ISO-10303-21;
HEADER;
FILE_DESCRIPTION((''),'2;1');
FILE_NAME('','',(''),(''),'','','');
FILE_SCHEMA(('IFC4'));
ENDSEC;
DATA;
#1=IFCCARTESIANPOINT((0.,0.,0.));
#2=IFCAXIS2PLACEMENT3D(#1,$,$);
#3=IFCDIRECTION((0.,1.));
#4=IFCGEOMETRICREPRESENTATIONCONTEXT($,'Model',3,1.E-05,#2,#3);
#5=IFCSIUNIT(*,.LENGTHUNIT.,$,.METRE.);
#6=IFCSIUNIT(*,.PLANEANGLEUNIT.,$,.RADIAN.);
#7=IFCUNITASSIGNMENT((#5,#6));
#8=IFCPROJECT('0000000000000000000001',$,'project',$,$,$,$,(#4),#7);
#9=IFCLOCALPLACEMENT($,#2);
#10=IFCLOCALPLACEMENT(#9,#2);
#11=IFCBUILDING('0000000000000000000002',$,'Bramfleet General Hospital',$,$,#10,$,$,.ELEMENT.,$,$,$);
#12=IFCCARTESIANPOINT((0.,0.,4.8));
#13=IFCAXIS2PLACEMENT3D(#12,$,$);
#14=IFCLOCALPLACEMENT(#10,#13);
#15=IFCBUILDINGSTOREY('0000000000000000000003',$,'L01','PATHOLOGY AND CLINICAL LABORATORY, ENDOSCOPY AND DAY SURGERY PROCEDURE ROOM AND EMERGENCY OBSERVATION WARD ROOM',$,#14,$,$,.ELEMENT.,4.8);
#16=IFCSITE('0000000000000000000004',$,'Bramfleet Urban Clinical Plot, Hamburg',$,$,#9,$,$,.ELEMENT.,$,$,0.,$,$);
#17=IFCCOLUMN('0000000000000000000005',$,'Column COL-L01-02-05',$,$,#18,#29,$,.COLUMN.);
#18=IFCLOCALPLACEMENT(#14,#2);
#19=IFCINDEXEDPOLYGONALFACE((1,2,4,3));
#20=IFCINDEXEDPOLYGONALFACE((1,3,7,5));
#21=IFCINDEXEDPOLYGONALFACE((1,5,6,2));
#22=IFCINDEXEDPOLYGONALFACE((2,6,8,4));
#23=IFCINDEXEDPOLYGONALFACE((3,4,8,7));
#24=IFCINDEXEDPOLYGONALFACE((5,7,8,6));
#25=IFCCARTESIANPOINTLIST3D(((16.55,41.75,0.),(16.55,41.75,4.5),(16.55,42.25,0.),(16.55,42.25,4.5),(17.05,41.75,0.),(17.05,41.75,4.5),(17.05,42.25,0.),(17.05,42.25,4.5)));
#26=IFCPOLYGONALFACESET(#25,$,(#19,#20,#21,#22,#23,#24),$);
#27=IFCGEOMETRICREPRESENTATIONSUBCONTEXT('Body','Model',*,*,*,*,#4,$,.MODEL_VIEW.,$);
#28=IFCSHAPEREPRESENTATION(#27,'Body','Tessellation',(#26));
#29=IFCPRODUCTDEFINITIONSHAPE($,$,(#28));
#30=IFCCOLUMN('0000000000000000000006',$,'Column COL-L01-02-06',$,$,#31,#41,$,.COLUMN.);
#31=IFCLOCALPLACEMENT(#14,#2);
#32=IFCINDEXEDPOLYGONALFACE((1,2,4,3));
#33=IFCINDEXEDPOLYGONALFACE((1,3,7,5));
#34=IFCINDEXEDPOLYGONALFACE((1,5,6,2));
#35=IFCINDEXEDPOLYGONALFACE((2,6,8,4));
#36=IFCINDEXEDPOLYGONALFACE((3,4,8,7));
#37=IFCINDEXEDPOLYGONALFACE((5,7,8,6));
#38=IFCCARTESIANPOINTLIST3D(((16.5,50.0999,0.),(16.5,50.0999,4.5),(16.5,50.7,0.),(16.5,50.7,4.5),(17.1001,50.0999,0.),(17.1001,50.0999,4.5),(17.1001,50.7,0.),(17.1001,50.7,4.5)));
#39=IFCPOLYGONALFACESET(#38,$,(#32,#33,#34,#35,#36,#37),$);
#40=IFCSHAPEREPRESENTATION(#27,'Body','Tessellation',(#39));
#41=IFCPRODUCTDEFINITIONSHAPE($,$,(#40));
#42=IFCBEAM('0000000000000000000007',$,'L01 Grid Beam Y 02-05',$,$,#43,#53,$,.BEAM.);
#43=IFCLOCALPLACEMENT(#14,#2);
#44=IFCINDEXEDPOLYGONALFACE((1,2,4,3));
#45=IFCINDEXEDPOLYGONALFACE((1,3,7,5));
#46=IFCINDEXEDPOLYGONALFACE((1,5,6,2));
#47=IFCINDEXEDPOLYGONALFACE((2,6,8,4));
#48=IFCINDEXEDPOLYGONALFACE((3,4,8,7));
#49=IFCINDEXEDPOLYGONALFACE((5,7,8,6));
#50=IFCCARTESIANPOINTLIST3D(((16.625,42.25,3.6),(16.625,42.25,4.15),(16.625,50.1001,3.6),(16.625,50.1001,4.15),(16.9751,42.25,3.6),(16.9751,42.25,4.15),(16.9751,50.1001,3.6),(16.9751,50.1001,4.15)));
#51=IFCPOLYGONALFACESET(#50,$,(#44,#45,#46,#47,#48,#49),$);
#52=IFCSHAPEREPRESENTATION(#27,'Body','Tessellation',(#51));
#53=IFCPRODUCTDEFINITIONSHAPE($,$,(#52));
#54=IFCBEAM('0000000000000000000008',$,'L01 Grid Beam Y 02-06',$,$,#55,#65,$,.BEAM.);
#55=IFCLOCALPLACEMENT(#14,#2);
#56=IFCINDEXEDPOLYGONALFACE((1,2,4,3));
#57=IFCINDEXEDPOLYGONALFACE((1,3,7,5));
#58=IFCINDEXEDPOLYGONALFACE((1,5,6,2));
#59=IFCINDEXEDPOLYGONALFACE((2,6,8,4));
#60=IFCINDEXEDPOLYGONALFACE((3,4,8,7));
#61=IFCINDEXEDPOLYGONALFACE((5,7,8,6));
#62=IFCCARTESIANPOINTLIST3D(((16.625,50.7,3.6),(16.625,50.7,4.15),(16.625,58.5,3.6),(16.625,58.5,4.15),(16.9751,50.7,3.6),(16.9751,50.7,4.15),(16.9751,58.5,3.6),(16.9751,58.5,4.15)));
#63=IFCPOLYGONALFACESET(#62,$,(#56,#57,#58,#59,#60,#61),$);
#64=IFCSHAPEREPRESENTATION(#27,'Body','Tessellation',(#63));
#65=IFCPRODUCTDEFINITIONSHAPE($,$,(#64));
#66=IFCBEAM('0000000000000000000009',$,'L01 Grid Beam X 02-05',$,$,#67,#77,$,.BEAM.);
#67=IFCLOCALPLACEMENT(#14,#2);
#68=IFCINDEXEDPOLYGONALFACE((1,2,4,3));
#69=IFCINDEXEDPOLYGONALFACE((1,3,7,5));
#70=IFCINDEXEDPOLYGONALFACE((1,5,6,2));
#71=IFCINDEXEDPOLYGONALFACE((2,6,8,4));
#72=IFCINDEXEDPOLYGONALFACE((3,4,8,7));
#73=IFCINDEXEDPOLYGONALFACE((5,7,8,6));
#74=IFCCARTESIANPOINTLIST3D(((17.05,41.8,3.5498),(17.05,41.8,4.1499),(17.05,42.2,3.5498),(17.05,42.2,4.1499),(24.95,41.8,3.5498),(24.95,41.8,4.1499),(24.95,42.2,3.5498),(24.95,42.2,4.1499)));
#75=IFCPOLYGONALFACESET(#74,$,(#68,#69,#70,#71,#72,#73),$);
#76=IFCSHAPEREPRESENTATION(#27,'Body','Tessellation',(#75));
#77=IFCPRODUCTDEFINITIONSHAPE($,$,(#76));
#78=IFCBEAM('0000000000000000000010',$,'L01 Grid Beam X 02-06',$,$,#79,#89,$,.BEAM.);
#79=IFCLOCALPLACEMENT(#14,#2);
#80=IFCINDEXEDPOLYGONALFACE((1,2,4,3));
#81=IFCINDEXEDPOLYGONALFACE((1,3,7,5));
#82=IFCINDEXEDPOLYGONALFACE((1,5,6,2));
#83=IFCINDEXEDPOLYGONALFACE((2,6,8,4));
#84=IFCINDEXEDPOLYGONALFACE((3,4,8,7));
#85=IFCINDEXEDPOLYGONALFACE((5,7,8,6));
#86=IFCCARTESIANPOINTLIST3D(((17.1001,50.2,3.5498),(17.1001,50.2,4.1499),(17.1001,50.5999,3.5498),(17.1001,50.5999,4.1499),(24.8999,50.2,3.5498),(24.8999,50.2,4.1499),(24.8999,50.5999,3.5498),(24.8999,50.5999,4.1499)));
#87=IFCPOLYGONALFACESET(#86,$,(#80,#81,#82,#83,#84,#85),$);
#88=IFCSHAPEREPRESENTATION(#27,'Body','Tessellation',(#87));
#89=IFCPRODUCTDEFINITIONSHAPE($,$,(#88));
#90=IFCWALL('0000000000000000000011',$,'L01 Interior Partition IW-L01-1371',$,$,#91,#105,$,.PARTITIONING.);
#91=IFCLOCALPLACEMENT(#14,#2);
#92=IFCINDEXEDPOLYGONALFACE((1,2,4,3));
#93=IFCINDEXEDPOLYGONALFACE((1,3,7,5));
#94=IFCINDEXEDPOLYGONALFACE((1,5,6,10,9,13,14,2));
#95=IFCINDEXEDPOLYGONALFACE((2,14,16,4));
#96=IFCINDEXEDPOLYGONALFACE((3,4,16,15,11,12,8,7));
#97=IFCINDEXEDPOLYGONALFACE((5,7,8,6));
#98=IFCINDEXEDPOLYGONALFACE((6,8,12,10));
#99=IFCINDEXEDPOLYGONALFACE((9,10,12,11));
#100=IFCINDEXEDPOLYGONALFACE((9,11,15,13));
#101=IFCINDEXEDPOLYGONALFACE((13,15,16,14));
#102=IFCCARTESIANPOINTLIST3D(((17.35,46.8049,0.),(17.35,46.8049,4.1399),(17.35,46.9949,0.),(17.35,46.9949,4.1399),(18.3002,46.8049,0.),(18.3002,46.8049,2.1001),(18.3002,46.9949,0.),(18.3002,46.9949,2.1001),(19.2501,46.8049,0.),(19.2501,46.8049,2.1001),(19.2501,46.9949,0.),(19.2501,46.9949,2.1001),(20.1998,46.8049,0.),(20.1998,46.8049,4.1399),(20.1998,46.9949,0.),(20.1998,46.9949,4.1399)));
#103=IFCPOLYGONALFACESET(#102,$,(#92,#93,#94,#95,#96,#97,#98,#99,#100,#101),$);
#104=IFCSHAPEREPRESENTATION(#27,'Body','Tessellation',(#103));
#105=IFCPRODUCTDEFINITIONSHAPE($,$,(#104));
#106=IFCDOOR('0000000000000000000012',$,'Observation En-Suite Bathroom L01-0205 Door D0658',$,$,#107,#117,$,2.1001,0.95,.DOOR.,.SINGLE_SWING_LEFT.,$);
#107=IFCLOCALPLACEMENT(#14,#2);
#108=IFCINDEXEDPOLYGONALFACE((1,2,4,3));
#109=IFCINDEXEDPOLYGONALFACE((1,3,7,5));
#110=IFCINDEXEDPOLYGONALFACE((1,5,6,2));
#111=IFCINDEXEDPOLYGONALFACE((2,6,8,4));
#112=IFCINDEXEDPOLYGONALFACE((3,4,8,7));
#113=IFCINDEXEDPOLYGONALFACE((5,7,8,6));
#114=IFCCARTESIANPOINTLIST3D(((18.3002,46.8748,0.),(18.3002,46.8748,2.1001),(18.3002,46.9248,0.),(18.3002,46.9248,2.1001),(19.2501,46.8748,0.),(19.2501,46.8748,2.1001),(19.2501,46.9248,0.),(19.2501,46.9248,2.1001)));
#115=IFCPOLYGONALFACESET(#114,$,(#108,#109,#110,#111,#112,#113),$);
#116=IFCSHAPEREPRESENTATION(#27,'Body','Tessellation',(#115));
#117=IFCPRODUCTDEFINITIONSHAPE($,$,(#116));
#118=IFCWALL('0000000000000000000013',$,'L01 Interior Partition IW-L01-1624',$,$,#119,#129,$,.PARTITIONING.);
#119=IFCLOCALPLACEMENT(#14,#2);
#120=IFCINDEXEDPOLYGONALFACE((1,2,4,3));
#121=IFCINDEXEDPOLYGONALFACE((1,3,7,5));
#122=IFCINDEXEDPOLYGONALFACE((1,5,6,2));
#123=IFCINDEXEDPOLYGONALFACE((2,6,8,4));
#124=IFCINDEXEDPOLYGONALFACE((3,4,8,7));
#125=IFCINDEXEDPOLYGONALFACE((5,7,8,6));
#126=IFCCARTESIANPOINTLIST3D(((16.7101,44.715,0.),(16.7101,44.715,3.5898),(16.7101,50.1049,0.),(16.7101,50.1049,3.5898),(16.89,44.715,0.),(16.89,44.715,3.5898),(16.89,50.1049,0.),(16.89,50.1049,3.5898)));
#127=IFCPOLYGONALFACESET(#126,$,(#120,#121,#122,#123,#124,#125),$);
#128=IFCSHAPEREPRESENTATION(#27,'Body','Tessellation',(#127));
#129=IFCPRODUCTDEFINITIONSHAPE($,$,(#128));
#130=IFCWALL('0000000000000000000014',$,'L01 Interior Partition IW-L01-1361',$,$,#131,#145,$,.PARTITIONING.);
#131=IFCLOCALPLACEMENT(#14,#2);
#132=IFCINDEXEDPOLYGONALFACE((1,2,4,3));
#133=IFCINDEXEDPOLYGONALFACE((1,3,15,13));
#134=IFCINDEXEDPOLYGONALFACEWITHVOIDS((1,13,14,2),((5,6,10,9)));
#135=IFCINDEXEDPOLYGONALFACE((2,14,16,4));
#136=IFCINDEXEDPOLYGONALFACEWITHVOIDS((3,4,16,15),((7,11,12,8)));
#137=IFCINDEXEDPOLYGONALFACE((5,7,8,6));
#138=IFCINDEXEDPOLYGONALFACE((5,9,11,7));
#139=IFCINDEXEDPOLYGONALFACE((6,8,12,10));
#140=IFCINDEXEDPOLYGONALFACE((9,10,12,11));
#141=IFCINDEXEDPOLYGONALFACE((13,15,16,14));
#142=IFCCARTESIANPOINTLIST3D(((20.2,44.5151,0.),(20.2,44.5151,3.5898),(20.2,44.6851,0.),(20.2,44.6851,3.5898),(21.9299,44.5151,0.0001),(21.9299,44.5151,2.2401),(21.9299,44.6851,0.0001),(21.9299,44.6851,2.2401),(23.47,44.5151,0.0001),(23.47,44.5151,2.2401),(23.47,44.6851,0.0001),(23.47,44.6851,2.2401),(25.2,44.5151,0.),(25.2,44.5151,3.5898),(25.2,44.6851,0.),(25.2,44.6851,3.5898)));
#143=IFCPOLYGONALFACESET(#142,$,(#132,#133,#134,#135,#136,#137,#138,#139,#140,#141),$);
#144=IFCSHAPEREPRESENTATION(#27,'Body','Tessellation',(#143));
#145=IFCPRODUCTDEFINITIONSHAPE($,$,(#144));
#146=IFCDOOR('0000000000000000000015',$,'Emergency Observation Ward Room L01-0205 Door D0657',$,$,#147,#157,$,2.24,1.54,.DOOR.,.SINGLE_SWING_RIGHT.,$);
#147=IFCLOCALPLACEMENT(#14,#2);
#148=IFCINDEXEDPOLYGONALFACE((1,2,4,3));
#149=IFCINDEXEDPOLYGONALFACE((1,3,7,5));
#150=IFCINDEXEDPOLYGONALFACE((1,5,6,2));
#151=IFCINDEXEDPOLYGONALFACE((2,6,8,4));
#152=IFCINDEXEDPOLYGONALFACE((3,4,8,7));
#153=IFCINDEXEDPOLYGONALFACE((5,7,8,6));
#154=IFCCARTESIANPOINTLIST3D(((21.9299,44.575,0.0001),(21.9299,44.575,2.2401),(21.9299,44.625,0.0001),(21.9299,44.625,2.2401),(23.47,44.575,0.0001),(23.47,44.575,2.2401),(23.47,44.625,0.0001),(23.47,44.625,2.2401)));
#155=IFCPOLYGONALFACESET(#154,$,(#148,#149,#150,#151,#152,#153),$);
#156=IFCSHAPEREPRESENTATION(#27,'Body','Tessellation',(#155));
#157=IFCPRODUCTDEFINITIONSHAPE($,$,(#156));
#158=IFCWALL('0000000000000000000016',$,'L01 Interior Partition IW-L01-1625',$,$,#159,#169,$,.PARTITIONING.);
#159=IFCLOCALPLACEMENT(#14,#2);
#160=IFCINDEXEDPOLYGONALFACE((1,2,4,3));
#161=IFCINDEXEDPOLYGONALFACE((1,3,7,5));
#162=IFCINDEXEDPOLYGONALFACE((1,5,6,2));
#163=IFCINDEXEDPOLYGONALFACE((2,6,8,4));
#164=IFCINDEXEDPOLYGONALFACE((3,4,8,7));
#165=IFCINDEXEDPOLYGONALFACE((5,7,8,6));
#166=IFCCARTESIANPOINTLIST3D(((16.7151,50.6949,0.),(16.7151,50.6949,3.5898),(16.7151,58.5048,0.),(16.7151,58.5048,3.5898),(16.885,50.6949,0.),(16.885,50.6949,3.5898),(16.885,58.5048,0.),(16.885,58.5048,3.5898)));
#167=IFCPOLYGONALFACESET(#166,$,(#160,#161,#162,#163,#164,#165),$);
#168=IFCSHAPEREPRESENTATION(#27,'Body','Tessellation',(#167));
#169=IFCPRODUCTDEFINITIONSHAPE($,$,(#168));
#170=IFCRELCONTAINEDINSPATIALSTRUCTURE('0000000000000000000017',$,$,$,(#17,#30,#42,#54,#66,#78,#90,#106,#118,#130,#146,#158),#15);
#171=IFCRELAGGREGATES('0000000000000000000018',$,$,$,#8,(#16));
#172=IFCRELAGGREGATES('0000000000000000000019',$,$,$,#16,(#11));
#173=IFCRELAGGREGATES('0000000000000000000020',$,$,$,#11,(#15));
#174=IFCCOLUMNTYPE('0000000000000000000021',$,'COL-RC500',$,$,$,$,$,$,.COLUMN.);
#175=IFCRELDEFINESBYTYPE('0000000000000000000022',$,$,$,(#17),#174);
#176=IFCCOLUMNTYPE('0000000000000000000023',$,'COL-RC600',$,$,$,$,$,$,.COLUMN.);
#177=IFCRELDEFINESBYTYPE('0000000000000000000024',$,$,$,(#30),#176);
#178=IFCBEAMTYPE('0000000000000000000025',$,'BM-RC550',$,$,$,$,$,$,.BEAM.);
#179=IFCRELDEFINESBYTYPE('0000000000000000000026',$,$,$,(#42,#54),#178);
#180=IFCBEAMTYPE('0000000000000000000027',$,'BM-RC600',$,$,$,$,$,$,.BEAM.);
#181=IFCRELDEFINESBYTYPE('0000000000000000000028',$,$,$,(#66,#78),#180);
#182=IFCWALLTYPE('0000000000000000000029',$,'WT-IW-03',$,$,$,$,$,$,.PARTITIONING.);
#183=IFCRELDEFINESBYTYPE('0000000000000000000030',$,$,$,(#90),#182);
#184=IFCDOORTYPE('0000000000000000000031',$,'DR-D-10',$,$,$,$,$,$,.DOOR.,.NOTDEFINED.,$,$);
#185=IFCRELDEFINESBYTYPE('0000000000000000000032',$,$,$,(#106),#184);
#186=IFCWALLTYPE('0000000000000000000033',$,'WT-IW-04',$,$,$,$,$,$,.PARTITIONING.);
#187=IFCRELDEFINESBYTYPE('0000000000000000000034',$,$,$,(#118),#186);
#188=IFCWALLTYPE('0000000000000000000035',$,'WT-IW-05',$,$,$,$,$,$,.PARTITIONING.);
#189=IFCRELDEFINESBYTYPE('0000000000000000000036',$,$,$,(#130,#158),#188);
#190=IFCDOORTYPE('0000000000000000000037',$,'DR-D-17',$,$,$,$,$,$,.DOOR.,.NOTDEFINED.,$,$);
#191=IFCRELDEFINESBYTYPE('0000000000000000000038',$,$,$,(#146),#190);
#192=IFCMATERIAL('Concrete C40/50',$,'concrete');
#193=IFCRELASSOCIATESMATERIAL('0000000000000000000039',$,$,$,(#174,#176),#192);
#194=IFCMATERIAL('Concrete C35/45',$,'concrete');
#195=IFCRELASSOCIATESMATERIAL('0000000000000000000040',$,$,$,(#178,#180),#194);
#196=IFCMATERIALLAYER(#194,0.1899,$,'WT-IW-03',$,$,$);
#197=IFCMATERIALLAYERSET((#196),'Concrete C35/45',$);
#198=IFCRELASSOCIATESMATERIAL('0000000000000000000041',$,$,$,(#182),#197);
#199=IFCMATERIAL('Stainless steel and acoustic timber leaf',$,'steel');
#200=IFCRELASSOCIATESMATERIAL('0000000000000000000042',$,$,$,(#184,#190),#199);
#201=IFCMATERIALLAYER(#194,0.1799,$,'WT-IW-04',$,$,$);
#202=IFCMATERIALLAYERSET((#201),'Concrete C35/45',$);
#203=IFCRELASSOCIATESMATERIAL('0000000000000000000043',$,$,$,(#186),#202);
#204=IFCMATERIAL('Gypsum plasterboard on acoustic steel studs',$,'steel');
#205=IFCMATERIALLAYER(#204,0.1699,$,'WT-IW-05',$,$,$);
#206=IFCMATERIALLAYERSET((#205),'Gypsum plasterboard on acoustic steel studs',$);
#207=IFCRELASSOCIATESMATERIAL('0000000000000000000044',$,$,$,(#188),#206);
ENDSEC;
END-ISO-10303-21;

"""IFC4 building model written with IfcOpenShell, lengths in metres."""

from ifc_helpers import new_model, si_unit, direction, frame, frame_2d, origin, origin_2d, place, context, subcontext, project, spatial, rectangle, extrude, material, layer, layer_set, material_profile, profile_set, type_object, element, fill, save


model = new_model("IFC4")

# Units and contexts
model_context = context("Model", 3, precision=1e-05, world=origin(), true_north=direction((0.0, 1.0)))
body_context = subcontext(model_context, "Body", "Model", "MODEL_VIEW")
ifc_project = project(units=[si_unit("LENGTHUNIT", "METRE"), si_unit("PLANEANGLEUNIT", "RADIAN")], contexts=[model_context])

# Site, building, storey
site_placement = place(None, origin())
site = spatial("IfcSite", under=ifc_project, at=site_placement, Name="Bramfleet Urban Clinical Plot, Hamburg", CompositionType="ELEMENT", RefElevation=0.0)
building_placement = place(site_placement, origin())
building = spatial("IfcBuilding", under=site, at=building_placement, Name="Bramfleet General Hospital", CompositionType="ELEMENT")
storey_placement = place(building_placement, frame((0.0, 0.0, 4.8)))
storey = spatial("IfcBuildingStorey", under=building, at=storey_placement, Name="L01", Description="PATHOLOGY AND CLINICAL LABORATORY, ENDOSCOPY AND DAY SURGERY PROCEDURE ROOM AND EMERGENCY OBSERVATION WARD ROOM", CompositionType="ELEMENT", Elevation=4.8)

# Columns
ifc_material_1 = material(Name="Concrete C40/50", Category="concrete")
ifc_material_profile_1 = material_profile(ifc_material_1, rectangle(XDim=0.5, YDim=0.5, at=origin_2d()), Name="RC COL 500x500")
ifc_profile_set_1 = profile_set([ifc_material_profile_1], Name="Concrete C40/50")
column_type_1 = type_object("IfcColumnType", Name="COL-RC500", PredefinedType="COLUMN", material=ifc_profile_set_1)
column_1_placement = place(storey_placement, frame((16.8, 42.0, 0.0), z_axis=(0.0, 0.0, 1.0), x_axis=(1.0, 0.0, 0.0)))
element("IfcColumn", 1, at=column_1_placement, inside=storey, type_object=column_type_1, Name="Column COL-L01-02-05", PredefinedType="COLUMN", context=body_context, shape_type="SweptSolid", body=[
    extrude(rectangle(XDim=0.5, YDim=0.5, at=origin_2d()), origin(), (0.0, 0.0, 1.0), 4.5),
])
ifc_material_profile_2 = material_profile(ifc_material_1, rectangle(XDim=0.6001, YDim=0.6001, at=origin_2d()), Name="RC COL 600x600")
ifc_profile_set_2 = profile_set([ifc_material_profile_2], Name="Concrete C40/50")
column_type_2 = type_object("IfcColumnType", Name="COL-RC600", PredefinedType="COLUMN", material=ifc_profile_set_2)
column_2_placement = place(storey_placement, frame((16.8, 50.3999, 0.0), z_axis=(0.0, 0.0, 1.0), x_axis=(1.0, 0.0, 0.0)))
element("IfcColumn", 2, at=column_2_placement, inside=storey, type_object=column_type_2, Name="Column COL-L01-02-06", PredefinedType="COLUMN", context=body_context, shape_type="SweptSolid", body=[
    extrude(rectangle(XDim=0.6001, YDim=0.6001, at=origin_2d()), origin(), (0.0, 0.0, 1.0), 4.5),
])

# Beams
ifc_material_2 = material(Name="Concrete C35/45", Category="concrete")
ifc_material_profile_3 = material_profile(ifc_material_2, rectangle(XDim=0.3501, YDim=0.55, at=origin_2d()), Name="RC BM 550x350")
ifc_profile_set_3 = profile_set([ifc_material_profile_3], Name="Concrete C35/45")
beam_type_1 = type_object("IfcBeamType", Name="BM-RC550", PredefinedType="BEAM", material=ifc_profile_set_3)
beam_1_placement = place(storey_placement, frame((16.8, 42.25, 3.875), z_axis=(0.0, 1.0, 0.0), x_axis=(-1.0, 0.0, 0.0)))
element("IfcBeam", 3, at=beam_1_placement, inside=storey, type_object=beam_type_1, Name="L01 Grid Beam Y 02-05", PredefinedType="BEAM", context=body_context, shape_type="SweptSolid", body=[
    extrude(rectangle(XDim=0.3501, YDim=0.55, at=origin_2d()), origin(), (0.0, 0.0, 1.0), 7.8501),
])
beam_2_placement = place(storey_placement, frame((16.8, 50.7, 3.875), z_axis=(0.0, 1.0, 0.0), x_axis=(-1.0, 0.0, 0.0)))
element("IfcBeam", 4, at=beam_2_placement, inside=storey, type_object=beam_type_1, Name="L01 Grid Beam Y 02-06", PredefinedType="BEAM", context=body_context, shape_type="SweptSolid", body=[
    extrude(rectangle(XDim=0.3501, YDim=0.55, at=origin_2d()), origin(), (0.0, 0.0, 1.0), 7.8),
])
ifc_material_profile_4 = material_profile(ifc_material_2, rectangle(XDim=0.3999, YDim=0.6001, at=origin_2d()), Name="RC BM 600x400")
ifc_profile_set_4 = profile_set([ifc_material_profile_4], Name="Concrete C35/45")
beam_type_2 = type_object("IfcBeamType", Name="BM-RC600", PredefinedType="BEAM", material=ifc_profile_set_4)
beam_3_placement = place(storey_placement, frame((17.05, 42.0, 3.8499), z_axis=(1.0, 0.0, 0.0), x_axis=(0.0, 1.0, 0.0)))
element("IfcBeam", 5, at=beam_3_placement, inside=storey, type_object=beam_type_2, Name="L01 Grid Beam X 02-05", PredefinedType="BEAM", context=body_context, shape_type="SweptSolid", body=[
    extrude(rectangle(XDim=0.3999, YDim=0.6001, at=origin_2d()), origin(), (0.0, 0.0, 1.0), 7.8999),
])
beam_4_placement = place(storey_placement, frame((17.1001, 50.3999, 3.8499), z_axis=(1.0, 0.0, 0.0), x_axis=(0.0, 1.0, 0.0)))
element("IfcBeam", 6, at=beam_4_placement, inside=storey, type_object=beam_type_2, Name="L01 Grid Beam X 02-06", PredefinedType="BEAM", context=body_context, shape_type="SweptSolid", body=[
    extrude(rectangle(XDim=0.3999, YDim=0.6001, at=origin_2d()), origin(), (0.0, 0.0, 1.0), 7.7998),
])

# Wall, opening, door
ifc_layer_1 = layer(ifc_material_2, 0.1899, Name="WT-IW-03")
ifc_layer_set_1 = layer_set([ifc_layer_1], Name="Concrete C35/45")
wall_type_1 = type_object("IfcWallType", Name="WT-IW-03", PredefinedType="PARTITIONING", material=ifc_layer_set_1)
wall_1_placement = place(storey_placement, frame((17.3501, 46.8999, 0.0), z_axis=(0.0, 0.0, 1.0), x_axis=(1.0, 0.0, 0.0)))
wall_1 = element("IfcWall", 7, at=wall_1_placement, inside=storey, type_object=wall_type_1, Name="L01 Interior Partition IW-L01-1371", PredefinedType="PARTITIONING", context=body_context, shape_type="SweptSolid", body=[
    extrude(rectangle(XDim=2.8499, YDim=0.1899, at=frame_2d((1.4248, 0.0))), origin(), (0.0, 0.0, 1.0), 4.1399),
])
opening_1_placement = place(wall_1_placement, frame((0.95, 0.0, 0.0)))
opening_1 = element("IfcOpeningElement", 8, at=opening_1_placement, cuts=wall_1, PredefinedType="OPENING", context=body_context, shape_type="SweptSolid", body=[
    extrude(rectangle(XDim=0.95, YDim=2.1001, at=frame_2d((0.4751, 1.05))), frame((0.0, 0.105, 0.0), z_axis=(0.0, -1.0, 0.0), x_axis=(1.0, 0.0, 0.0)), (0.0, 0.0, 1.0), 0.21),
])
ifc_material_3 = material(Name="Stainless steel and acoustic timber leaf", Category="steel")
door_type_1 = type_object("IfcDoorType", Name="DR-D-10", OperationType="NOTDEFINED", PredefinedType="DOOR", material=ifc_material_3)
door_1_placement = place(opening_1_placement, origin())
door_1 = element("IfcDoor", 9, at=door_1_placement, inside=storey, type_object=door_type_1, Name="Observation En-Suite Bathroom L01-0205 Door D0658", OperationType="SINGLE_SWING_LEFT", OverallHeight=2.1001, OverallWidth=0.95, PredefinedType="DOOR", context=body_context, shape_type="SweptSolid", body=[
    extrude(rectangle(XDim=0.95, YDim=2.1001, at=frame_2d((0.4751, 1.05))), frame((0.0, 0.0249, 0.0), z_axis=(0.0, -1.0, 0.0), x_axis=(1.0, 0.0, 0.0)), (0.0, 0.0, 1.0), 0.05),
])
fill(opening_1, door_1)

# Wall
ifc_layer_2 = layer(ifc_material_2, 0.1799, Name="WT-IW-04")
ifc_layer_set_2 = layer_set([ifc_layer_2], Name="Concrete C35/45")
wall_type_2 = type_object("IfcWallType", Name="WT-IW-04", PredefinedType="PARTITIONING", material=ifc_layer_set_2)
wall_2_placement = place(storey_placement, frame((16.8, 44.7151, 0.0), z_axis=(0.0, 0.0, 1.0), x_axis=(0.0, 1.0, 0.0)))
element("IfcWall", 10, at=wall_2_placement, inside=storey, type_object=wall_type_2, Name="L01 Interior Partition IW-L01-1624", PredefinedType="PARTITIONING", context=body_context, shape_type="SweptSolid", body=[
    extrude(rectangle(XDim=5.3899, YDim=0.1799, at=frame_2d((2.6948, 0.0))), origin(), (0.0, 0.0, 1.0), 3.5898),
])

# Wall, opening, door
ifc_material_4 = material(Name="Gypsum plasterboard on acoustic steel studs", Category="steel")
ifc_layer_3 = layer(ifc_material_4, 0.1699, Name="WT-IW-05")
ifc_layer_set_3 = layer_set([ifc_layer_3], Name="Gypsum plasterboard on acoustic steel studs")
wall_type_3 = type_object("IfcWallType", Name="WT-IW-05", PredefinedType="PARTITIONING", material=ifc_layer_set_3)
wall_3_placement = place(storey_placement, frame((20.2, 44.6001, 0.0), z_axis=(0.0, 0.0, 1.0), x_axis=(1.0, 0.0, 0.0)))
wall_3 = element("IfcWall", 11, at=wall_3_placement, inside=storey, type_object=wall_type_3, Name="L01 Interior Partition IW-L01-1361", PredefinedType="PARTITIONING", context=body_context, shape_type="SweptSolid", body=[
    extrude(rectangle(XDim=5.0, YDim=0.1699, at=frame_2d((2.5, 0.0))), origin(), (0.0, 0.0, 1.0), 3.5898),
])
opening_2_placement = place(wall_3_placement, frame((1.73, 0.0, 0.0)))
opening_2 = element("IfcOpeningElement", 12, at=opening_2_placement, cuts=wall_3, PredefinedType="OPENING", context=body_context, shape_type="SweptSolid", body=[
    extrude(rectangle(XDim=1.54, YDim=2.24, at=frame_2d((0.77, 1.1201))), frame((0.0, 0.095, 0.0), z_axis=(0.0, -1.0, 0.0), x_axis=(1.0, 0.0, 0.0)), (0.0, 0.0, 1.0), 0.1899),
])
door_type_2 = type_object("IfcDoorType", Name="DR-D-17", OperationType="NOTDEFINED", PredefinedType="DOOR", material=ifc_material_3)
door_2_placement = place(opening_2_placement, origin())
door_2 = element("IfcDoor", 13, at=door_2_placement, inside=storey, type_object=door_type_2, Name="Emergency Observation Ward Room L01-0205 Door D0657", OperationType="SINGLE_SWING_RIGHT", OverallHeight=2.24, OverallWidth=1.54, PredefinedType="DOOR", context=body_context, shape_type="SweptSolid", body=[
    extrude(rectangle(XDim=1.54, YDim=2.24, at=frame_2d((0.77, 1.1201))), frame((0.0, 0.0249, 0.0), z_axis=(0.0, -1.0, 0.0), x_axis=(1.0, 0.0, 0.0)), (0.0, 0.0, 1.0), 0.05),
])
fill(opening_2, door_2)

# Wall
wall_4_placement = place(storey_placement, frame((16.8, 50.6951, 0.0), z_axis=(0.0, 0.0, 1.0), x_axis=(0.0, 1.0, 0.0)))
element("IfcWall", 14, at=wall_4_placement, inside=storey, type_object=wall_type_3, Name="L01 Interior Partition IW-L01-1625", PredefinedType="PARTITIONING", context=body_context, shape_type="SweptSolid", body=[
    extrude(rectangle(XDim=7.8098, YDim=0.1699, at=frame_2d((3.9048, 0.0))), origin(), (0.0, 0.0, 1.0), 3.5898),
])

save(model, "model.ifc")
